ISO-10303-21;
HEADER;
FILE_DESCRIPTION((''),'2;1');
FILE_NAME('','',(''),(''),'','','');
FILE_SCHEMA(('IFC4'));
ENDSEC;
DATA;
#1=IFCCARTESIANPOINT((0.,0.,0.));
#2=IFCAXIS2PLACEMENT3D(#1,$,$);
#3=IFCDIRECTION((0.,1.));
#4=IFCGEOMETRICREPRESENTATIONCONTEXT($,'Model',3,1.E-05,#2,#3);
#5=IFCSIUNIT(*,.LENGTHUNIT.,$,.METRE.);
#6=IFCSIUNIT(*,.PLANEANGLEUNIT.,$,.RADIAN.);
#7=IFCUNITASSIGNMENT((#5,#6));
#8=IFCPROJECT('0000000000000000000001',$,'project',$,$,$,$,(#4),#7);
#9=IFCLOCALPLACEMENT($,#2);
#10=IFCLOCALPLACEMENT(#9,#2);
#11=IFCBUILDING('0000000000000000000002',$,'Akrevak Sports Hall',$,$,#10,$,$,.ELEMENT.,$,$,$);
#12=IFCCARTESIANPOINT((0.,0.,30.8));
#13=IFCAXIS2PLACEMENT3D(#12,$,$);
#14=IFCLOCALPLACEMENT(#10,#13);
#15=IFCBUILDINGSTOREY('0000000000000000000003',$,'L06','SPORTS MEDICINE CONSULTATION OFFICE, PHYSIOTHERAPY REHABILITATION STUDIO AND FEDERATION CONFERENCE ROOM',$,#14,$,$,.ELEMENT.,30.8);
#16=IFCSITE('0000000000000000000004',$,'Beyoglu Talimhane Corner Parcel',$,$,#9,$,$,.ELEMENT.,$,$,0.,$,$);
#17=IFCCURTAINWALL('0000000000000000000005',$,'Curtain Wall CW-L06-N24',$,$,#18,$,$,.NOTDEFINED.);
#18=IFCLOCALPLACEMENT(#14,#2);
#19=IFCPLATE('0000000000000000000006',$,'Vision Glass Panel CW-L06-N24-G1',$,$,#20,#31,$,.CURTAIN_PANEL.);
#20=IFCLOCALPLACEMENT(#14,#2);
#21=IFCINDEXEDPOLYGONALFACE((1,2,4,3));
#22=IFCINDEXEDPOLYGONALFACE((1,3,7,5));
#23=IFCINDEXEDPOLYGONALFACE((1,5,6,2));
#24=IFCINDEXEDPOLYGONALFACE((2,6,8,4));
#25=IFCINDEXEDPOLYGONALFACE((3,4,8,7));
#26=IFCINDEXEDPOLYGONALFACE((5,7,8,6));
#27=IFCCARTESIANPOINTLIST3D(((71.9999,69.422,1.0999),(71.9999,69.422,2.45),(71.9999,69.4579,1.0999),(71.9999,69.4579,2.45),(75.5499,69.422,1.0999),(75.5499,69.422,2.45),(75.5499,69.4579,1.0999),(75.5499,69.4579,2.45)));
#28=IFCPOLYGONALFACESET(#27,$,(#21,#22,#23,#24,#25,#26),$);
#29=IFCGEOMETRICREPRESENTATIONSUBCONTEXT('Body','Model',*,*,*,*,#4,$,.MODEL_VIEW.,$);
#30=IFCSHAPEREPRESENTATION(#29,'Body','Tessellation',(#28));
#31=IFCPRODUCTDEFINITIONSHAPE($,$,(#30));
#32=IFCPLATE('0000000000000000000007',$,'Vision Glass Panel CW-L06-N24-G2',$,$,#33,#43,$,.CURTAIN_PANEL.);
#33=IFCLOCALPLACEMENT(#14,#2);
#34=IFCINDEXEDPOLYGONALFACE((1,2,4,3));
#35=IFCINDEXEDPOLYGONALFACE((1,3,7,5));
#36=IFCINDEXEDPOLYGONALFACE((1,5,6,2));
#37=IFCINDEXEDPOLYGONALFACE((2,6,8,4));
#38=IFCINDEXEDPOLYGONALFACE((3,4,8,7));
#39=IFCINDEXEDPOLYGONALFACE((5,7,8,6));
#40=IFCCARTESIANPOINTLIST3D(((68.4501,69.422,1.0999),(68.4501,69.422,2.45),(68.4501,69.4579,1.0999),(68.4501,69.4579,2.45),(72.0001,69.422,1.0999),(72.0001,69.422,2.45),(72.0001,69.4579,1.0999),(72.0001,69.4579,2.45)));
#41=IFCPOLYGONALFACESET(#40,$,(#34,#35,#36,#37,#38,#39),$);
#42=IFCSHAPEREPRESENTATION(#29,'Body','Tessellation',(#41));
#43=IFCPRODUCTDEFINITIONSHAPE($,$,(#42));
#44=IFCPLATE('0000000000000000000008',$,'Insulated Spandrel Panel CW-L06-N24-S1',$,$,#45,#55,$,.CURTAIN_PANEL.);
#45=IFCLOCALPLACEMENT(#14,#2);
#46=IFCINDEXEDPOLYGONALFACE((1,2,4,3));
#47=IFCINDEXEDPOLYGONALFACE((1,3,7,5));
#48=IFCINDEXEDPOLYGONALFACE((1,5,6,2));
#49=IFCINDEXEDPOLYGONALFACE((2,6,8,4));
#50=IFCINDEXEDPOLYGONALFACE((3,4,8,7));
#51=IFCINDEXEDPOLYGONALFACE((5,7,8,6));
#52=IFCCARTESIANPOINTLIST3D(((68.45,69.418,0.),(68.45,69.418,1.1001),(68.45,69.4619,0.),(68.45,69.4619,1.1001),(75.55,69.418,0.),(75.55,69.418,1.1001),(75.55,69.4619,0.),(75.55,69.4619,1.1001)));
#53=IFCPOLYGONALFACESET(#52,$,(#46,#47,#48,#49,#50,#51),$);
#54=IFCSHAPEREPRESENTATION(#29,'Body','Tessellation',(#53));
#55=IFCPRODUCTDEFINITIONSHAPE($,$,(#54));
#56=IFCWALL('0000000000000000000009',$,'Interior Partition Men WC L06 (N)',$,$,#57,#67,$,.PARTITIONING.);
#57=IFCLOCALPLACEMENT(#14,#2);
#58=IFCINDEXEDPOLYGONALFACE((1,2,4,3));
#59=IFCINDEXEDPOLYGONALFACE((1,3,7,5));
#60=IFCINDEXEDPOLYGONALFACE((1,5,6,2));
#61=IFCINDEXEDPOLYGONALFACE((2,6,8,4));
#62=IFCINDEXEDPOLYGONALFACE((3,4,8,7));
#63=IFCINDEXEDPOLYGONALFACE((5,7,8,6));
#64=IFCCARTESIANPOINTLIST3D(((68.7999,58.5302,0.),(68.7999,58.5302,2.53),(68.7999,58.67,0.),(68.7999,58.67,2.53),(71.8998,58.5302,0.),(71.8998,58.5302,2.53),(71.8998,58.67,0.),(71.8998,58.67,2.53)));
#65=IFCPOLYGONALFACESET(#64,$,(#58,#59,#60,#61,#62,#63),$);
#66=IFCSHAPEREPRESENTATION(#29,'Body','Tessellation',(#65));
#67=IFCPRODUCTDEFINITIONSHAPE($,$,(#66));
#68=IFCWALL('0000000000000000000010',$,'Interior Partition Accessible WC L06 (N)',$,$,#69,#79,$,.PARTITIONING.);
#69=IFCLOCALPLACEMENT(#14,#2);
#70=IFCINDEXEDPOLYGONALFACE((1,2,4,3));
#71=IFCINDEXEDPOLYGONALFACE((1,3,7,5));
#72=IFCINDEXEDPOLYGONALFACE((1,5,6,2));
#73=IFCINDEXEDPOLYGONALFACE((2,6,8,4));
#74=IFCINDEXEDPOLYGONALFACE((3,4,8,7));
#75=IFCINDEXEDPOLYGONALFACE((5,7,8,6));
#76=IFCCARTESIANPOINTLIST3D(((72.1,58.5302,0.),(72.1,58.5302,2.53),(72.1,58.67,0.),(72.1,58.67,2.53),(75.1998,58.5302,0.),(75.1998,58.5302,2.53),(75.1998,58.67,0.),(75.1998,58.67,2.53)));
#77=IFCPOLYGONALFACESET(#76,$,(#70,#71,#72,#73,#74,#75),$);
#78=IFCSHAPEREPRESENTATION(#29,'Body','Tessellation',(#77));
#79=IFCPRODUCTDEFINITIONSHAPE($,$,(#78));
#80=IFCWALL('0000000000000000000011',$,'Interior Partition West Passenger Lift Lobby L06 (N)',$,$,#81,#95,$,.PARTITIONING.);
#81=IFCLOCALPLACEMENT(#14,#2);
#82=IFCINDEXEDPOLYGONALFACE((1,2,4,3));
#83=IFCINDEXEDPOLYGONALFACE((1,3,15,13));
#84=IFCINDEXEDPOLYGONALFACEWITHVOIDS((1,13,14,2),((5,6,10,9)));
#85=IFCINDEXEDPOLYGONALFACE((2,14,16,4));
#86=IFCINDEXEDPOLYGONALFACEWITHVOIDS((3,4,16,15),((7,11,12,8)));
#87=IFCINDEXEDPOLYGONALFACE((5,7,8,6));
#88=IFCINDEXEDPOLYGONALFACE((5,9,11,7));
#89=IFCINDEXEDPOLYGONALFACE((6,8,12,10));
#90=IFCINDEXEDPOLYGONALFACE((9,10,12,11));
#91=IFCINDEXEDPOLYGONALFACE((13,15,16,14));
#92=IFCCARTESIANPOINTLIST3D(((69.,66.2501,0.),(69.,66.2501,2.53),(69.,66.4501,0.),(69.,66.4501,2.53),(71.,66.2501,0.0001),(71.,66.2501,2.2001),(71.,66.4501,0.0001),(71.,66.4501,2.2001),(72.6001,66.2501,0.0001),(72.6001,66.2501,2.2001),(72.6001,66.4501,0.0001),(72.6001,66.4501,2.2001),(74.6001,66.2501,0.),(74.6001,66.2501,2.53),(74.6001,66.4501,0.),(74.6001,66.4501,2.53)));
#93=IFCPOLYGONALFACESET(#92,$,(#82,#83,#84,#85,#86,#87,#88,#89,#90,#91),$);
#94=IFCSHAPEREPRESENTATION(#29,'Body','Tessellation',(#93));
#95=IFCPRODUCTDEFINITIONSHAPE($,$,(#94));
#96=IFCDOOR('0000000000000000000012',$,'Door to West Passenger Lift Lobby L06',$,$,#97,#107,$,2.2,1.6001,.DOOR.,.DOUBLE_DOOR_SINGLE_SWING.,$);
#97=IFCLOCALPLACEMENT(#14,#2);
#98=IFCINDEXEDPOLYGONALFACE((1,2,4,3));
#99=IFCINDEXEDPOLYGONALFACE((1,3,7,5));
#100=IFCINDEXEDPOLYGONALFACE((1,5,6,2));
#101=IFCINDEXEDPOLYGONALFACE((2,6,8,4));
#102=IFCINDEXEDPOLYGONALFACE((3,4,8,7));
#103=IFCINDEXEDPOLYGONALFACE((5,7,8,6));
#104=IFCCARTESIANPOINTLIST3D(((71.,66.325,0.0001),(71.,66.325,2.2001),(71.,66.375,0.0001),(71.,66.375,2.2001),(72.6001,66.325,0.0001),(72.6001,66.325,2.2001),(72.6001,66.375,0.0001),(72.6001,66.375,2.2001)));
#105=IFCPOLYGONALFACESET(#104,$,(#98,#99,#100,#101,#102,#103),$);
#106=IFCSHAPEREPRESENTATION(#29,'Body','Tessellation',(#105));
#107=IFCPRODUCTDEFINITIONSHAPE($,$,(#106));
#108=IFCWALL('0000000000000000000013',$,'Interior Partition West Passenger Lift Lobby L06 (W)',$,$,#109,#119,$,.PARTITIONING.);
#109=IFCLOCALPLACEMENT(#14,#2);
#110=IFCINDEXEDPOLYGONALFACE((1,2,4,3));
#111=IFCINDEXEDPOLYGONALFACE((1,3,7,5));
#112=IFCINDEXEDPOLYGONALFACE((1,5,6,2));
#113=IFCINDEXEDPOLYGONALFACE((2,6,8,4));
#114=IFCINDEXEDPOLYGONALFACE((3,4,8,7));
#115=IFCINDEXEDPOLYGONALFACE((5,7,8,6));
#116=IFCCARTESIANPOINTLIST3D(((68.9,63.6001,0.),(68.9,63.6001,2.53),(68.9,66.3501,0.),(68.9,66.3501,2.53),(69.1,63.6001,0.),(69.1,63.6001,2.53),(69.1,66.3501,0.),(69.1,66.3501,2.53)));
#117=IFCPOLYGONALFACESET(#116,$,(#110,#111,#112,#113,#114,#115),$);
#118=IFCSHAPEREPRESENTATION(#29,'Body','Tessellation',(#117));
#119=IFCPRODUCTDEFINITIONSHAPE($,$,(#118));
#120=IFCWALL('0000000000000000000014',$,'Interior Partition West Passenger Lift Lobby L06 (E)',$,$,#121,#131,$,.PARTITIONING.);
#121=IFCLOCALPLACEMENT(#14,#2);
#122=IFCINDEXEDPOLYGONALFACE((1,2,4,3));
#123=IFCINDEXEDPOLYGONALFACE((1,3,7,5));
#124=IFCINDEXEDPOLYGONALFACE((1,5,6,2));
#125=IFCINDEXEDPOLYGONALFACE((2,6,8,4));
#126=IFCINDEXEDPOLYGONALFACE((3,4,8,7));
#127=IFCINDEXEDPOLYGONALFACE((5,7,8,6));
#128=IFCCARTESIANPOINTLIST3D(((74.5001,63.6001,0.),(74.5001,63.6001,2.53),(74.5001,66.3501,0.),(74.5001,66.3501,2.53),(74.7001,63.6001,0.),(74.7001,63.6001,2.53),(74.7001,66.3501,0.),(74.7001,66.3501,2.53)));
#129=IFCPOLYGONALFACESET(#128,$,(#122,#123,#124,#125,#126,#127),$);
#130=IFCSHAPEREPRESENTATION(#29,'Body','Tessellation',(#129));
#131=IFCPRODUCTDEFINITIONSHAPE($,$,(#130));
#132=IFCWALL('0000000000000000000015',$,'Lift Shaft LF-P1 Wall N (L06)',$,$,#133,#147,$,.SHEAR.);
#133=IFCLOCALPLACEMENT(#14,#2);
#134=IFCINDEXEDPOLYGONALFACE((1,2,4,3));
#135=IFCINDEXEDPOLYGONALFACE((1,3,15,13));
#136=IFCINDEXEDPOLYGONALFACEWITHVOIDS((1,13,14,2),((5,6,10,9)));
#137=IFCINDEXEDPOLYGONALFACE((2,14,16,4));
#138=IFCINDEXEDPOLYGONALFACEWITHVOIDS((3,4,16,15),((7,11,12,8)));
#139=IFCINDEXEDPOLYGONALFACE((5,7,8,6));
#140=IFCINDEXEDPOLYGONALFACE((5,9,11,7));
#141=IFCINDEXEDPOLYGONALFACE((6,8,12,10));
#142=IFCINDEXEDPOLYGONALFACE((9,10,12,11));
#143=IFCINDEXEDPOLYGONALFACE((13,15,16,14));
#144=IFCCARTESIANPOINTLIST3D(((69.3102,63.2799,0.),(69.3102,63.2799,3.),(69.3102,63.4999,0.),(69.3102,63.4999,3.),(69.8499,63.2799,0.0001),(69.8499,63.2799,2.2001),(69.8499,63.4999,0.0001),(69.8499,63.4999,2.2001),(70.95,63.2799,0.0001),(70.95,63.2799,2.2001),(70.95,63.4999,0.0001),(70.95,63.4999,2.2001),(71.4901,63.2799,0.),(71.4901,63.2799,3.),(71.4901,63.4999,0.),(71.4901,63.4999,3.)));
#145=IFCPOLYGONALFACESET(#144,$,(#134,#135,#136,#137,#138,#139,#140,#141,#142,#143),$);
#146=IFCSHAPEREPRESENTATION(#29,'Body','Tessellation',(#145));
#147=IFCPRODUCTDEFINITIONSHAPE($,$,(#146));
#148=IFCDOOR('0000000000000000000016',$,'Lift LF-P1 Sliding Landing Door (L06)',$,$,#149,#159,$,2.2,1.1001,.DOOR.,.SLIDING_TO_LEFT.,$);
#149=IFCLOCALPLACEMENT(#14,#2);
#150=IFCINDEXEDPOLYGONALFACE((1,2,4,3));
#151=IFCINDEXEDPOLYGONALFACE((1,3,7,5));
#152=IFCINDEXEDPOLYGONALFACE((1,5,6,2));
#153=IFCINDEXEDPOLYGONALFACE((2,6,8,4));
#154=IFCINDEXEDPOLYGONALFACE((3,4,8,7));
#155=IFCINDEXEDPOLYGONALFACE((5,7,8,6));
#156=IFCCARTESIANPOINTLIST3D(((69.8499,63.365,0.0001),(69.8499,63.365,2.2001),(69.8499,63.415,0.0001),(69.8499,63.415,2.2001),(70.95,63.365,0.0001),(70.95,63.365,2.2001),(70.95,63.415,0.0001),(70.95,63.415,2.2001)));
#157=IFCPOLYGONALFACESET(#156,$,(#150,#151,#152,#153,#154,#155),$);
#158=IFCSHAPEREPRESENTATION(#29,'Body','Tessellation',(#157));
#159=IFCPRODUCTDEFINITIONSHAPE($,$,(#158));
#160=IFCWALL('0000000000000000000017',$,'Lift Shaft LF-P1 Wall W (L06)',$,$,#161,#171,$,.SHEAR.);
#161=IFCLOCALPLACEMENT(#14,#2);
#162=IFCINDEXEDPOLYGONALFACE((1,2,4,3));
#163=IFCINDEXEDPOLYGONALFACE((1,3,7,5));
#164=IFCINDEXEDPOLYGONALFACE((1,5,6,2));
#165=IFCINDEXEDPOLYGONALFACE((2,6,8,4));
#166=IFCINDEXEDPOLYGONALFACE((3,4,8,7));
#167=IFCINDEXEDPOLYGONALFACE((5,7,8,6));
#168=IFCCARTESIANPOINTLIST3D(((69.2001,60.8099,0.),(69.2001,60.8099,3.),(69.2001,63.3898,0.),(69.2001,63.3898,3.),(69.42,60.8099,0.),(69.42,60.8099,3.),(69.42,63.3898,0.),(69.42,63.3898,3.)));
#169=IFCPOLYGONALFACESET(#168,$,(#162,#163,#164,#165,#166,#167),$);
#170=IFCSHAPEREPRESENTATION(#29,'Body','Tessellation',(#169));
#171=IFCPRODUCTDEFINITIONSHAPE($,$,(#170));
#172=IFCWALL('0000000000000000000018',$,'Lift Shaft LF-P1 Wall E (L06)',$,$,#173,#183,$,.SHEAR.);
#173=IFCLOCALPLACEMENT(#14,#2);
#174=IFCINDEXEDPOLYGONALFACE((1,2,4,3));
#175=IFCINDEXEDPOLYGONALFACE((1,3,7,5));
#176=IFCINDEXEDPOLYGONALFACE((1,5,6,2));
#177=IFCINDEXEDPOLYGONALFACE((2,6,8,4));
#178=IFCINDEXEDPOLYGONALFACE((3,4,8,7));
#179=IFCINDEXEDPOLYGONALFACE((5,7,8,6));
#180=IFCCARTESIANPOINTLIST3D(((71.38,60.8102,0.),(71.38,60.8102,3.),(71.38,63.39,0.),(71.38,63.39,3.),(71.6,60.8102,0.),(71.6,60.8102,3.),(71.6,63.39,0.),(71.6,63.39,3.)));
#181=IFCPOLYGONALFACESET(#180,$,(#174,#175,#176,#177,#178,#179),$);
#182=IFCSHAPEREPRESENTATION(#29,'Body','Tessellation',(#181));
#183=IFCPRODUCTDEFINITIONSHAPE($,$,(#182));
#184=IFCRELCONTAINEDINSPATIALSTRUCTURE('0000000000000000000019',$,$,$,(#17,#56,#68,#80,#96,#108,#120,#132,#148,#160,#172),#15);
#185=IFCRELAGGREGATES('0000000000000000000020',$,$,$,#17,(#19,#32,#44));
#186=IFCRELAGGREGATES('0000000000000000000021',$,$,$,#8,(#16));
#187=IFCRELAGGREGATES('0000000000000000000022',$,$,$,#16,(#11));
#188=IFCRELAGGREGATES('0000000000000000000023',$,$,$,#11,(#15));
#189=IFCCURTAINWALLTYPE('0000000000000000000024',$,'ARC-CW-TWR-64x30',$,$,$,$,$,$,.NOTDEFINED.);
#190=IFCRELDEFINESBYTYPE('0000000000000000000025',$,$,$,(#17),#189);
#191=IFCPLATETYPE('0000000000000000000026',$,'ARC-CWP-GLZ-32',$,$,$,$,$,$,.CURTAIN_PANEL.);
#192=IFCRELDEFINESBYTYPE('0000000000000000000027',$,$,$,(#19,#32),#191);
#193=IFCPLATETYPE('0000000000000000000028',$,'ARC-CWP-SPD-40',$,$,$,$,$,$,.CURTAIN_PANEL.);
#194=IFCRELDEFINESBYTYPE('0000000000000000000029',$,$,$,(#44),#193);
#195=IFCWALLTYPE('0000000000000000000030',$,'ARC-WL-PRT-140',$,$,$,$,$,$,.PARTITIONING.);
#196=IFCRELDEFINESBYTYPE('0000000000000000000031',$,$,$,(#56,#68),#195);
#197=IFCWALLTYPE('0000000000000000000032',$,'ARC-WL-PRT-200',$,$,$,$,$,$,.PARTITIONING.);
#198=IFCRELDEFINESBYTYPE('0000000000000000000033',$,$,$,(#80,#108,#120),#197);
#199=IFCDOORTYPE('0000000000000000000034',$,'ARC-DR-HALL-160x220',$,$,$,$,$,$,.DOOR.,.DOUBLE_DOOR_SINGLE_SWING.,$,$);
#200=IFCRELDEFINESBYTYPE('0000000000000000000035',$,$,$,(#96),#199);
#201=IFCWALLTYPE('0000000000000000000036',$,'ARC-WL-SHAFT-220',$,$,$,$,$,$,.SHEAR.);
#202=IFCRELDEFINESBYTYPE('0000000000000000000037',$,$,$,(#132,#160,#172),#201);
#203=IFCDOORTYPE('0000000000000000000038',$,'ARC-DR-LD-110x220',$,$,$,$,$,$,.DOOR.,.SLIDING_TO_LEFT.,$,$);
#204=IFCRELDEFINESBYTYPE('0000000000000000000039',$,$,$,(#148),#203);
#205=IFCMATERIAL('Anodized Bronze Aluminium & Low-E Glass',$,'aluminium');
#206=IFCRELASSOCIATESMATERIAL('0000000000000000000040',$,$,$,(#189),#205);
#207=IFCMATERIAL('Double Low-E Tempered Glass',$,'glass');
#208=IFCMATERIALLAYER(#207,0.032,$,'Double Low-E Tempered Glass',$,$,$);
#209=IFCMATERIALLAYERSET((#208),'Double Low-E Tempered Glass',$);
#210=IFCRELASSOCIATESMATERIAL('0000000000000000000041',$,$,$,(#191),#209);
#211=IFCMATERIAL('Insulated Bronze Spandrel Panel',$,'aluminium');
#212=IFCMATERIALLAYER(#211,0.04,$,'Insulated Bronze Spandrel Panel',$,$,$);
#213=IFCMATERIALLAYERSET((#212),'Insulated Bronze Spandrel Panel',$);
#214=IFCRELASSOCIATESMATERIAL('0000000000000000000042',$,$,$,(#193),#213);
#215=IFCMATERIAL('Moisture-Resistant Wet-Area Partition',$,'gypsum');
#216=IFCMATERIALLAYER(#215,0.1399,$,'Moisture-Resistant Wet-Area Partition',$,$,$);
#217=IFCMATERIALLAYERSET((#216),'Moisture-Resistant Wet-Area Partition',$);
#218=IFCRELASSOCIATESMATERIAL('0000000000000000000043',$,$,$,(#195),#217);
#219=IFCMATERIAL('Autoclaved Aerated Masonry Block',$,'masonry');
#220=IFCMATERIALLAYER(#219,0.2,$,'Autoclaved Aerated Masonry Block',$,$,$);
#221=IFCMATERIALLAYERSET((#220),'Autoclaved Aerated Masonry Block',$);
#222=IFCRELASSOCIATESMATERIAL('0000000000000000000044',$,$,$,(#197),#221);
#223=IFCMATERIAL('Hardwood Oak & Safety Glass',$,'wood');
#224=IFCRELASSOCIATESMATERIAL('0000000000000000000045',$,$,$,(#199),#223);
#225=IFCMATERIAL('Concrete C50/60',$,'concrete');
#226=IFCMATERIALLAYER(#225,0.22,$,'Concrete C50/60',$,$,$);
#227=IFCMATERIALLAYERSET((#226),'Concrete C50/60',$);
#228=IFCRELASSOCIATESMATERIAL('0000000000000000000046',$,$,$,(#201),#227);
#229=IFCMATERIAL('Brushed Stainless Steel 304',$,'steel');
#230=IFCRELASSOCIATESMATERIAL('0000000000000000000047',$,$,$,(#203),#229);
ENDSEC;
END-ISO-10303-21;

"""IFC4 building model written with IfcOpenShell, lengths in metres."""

from ifc_helpers import new_model, si_unit, direction, frame, frame_2d, origin, origin_2d, place, context, subcontext, project, spatial, rectangle, extrude, material, layer, layer_set, type_object, element, fill, aggregate, save


model = new_model("IFC4")

# Units and contexts
model_context = context("Model", 3, precision=1e-05, world=origin(), true_north=direction((0.0, 1.0)))
body_context = subcontext(model_context, "Body", "Model", "MODEL_VIEW")
ifc_project = project(units=[si_unit("LENGTHUNIT", "METRE"), si_unit("PLANEANGLEUNIT", "RADIAN")], contexts=[model_context])

# Site, building, storey
site_placement = place(None, origin())
site = spatial("IfcSite", under=ifc_project, at=site_placement, Name="Beyoglu Talimhane Corner Parcel", CompositionType="ELEMENT", RefElevation=0.0)
building_placement = place(site_placement, origin())
building = spatial("IfcBuilding", under=site, at=building_placement, Name="Akrevak Sports Hall", CompositionType="ELEMENT")
storey_placement = place(building_placement, frame((0.0, 0.0, 30.8)))
storey = spatial("IfcBuildingStorey", under=building, at=storey_placement, Name="L06", Description="SPORTS MEDICINE CONSULTATION OFFICE, PHYSIOTHERAPY REHABILITATION STUDIO AND FEDERATION CONFERENCE ROOM", CompositionType="ELEMENT", Elevation=30.8)

# Shared definitions
ifc_material_1 = material(Name="Anodized Bronze Aluminium & Low-E Glass", Category="aluminium")
curtain_wall_type = type_object("IfcCurtainWallType", Name="ARC-CW-TWR-64x30", PredefinedType="NOTDEFINED", material=ifc_material_1)

# Curtain wall
curtain_wall_1_placement = place(storey_placement, origin())
curtain_wall_1 = element("IfcCurtainWall", 1, at=curtain_wall_1_placement, inside=storey, type_object=curtain_wall_type, Name="Curtain Wall CW-L06-N24", PredefinedType="NOTDEFINED")

# Plates
ifc_material_2 = material(Name="Double Low-E Tempered Glass", Category="glass")
ifc_layer_1 = layer(ifc_material_2, 0.032, Name="Double Low-E Tempered Glass")
ifc_layer_set_1 = layer_set([ifc_layer_1], Name="Double Low-E Tempered Glass")
plate_type_1 = type_object("IfcPlateType", Name="ARC-CWP-GLZ-32", PredefinedType="CURTAIN_PANEL", material=ifc_layer_set_1)
plate_1_placement = place(storey_placement, frame((73.7749, 69.4399, 1.0999), z_axis=(0.0, 0.0, 1.0), x_axis=(-1.0, 0.0, 0.0)))
plate_1 = element("IfcPlate", 2, at=plate_1_placement, type_object=plate_type_1, Name="Vision Glass Panel CW-L06-N24-G1", PredefinedType="CURTAIN_PANEL", context=body_context, shape_type="SweptSolid", body=[
    extrude(rectangle(XDim=3.55, YDim=0.0359, at=origin_2d()), origin(), (0.0, 0.0, 1.0), 1.3501),
])
plate_2_placement = place(storey_placement, frame((70.2251, 69.4399, 1.0999), z_axis=(0.0, 0.0, 1.0), x_axis=(-1.0, 0.0, 0.0)))
plate_2 = element("IfcPlate", 3, at=plate_2_placement, type_object=plate_type_1, Name="Vision Glass Panel CW-L06-N24-G2", PredefinedType="CURTAIN_PANEL", context=body_context, shape_type="SweptSolid", body=[
    extrude(rectangle(XDim=3.55, YDim=0.0359, at=origin_2d()), origin(), (0.0, 0.0, 1.0), 1.3501),
])
ifc_material_3 = material(Name="Insulated Bronze Spandrel Panel", Category="aluminium")
ifc_layer_2 = layer(ifc_material_3, 0.04, Name="Insulated Bronze Spandrel Panel")
ifc_layer_set_2 = layer_set([ifc_layer_2], Name="Insulated Bronze Spandrel Panel")
plate_type_2 = type_object("IfcPlateType", Name="ARC-CWP-SPD-40", PredefinedType="CURTAIN_PANEL", material=ifc_layer_set_2)
plate_3_placement = place(storey_placement, frame((72.0, 69.4399, 0.0), z_axis=(0.0, 0.0, 1.0), x_axis=(-1.0, 0.0, 0.0)))
plate_3 = element("IfcPlate", 4, at=plate_3_placement, type_object=plate_type_2, Name="Insulated Spandrel Panel CW-L06-N24-S1", PredefinedType="CURTAIN_PANEL", context=body_context, shape_type="SweptSolid", body=[
    extrude(rectangle(XDim=7.1001, YDim=0.0439, at=origin_2d()), origin(), (0.0, 0.0, 1.0), 1.1001),
])
aggregate(curtain_wall_1, [plate_1, plate_2, plate_3])

# Walls
ifc_material_4 = material(Name="Moisture-Resistant Wet-Area Partition", Category="gypsum")
ifc_layer_3 = layer(ifc_material_4, 0.1399, Name="Moisture-Resistant Wet-Area Partition")
ifc_layer_set_3 = layer_set([ifc_layer_3], Name="Moisture-Resistant Wet-Area Partition")
wall_type_1 = type_object("IfcWallType", Name="ARC-WL-PRT-140", PredefinedType="PARTITIONING", material=ifc_layer_set_3)
for number, where, z_axis, x_axis, name in (
    (5, (68.8, 58.6001, 0.0), (0.0, 0.0, 1.0), (1.0, 0.0, 0.0), "Interior Partition Men WC L06 (N)"),
    (6, (72.1001, 58.6001, 0.0), (0.0, 0.0, 1.0), (1.0, 0.0, 0.0), "Interior Partition Accessible WC L06 (N)"),
):
    element("IfcWall", number, at=place(storey_placement, frame(where, z_axis=z_axis, x_axis=x_axis)), inside=storey, type_object=wall_type_1, Name=name, PredefinedType="PARTITIONING", context=body_context, shape_type="SweptSolid", body=[
        extrude(rectangle(XDim=3.0999, YDim=0.1399, at=frame_2d((1.5498, 0.0))), origin(), (0.0, 0.0, 1.0), 2.53),
    ])

# Wall, opening, door
ifc_material_5 = material(Name="Autoclaved Aerated Masonry Block", Category="masonry")
ifc_layer_4 = layer(ifc_material_5, 0.2, Name="Autoclaved Aerated Masonry Block")
ifc_layer_set_4 = layer_set([ifc_layer_4], Name="Autoclaved Aerated Masonry Block")
wall_type_2 = type_object("IfcWallType", Name="ARC-WL-PRT-200", PredefinedType="PARTITIONING", material=ifc_layer_set_4)
wall_1_placement = place(storey_placement, frame((69.0, 66.3501, 0.0), z_axis=(0.0, 0.0, 1.0), x_axis=(1.0, 0.0, 0.0)))
wall_1 = element("IfcWall", 7, at=wall_1_placement, inside=storey, type_object=wall_type_2, Name="Interior Partition West Passenger Lift Lobby L06 (N)", PredefinedType="PARTITIONING", context=body_context, shape_type="SweptSolid", body=[
    extrude(rectangle(XDim=5.6001, YDim=0.2, at=frame_2d((2.8, 0.0))), origin(), (0.0, 0.0, 1.0), 2.53),
])
opening_1_placement = place(wall_1_placement, frame((2.0, 0.0, 0.0)))
opening_1 = element("IfcOpeningElement", 8, at=opening_1_placement, cuts=wall_1, PredefinedType="OPENING", context=body_context, shape_type="SweptSolid", body=[
    extrude(rectangle(XDim=1.6001, YDim=2.2, at=frame_2d((0.8, 1.1001))), frame((0.0, 0.1118, 0.0), z_axis=(0.0, -1.0, 0.0), x_axis=(1.0, 0.0, 0.0)), (0.0, 0.0, 1.0), 0.2239),
])
ifc_material_6 = material(Name="Hardwood Oak & Safety Glass", Category="wood")
door_type_1 = type_object("IfcDoorType", Name="ARC-DR-HALL-160x220", OperationType="DOUBLE_DOOR_SINGLE_SWING", PredefinedType="DOOR", material=ifc_material_6)
door_1_placement = place(opening_1_placement, origin())
door_1 = element("IfcDoor", 9, at=door_1_placement, inside=storey, type_object=door_type_1, Name="Door to West Passenger Lift Lobby L06", OperationType="DOUBLE_DOOR_SINGLE_SWING", OverallHeight=2.2, OverallWidth=1.6001, PredefinedType="DOOR", context=body_context, shape_type="SweptSolid", body=[
    extrude(rectangle(XDim=1.6001, YDim=2.2, at=frame_2d((0.8, 1.1001))), frame((0.0, 0.0249, 0.0), z_axis=(0.0, -1.0, 0.0), x_axis=(1.0, 0.0, 0.0)), (0.0, 0.0, 1.0), 0.05),
])
fill(opening_1, door_1)

# Walls
for number, where, z_axis, x_axis, name in (
    (10, (69.0, 63.6001, 0.0), (0.0, 0.0, 1.0), (0.0, 1.0, 0.0), "Interior Partition West Passenger Lift Lobby L06 (W)"),
    (11, (74.6001, 63.6001, 0.0), (0.0, 0.0, 1.0), (0.0, 1.0, 0.0), "Interior Partition West Passenger Lift Lobby L06 (E)"),
):
    element("IfcWall", number, at=place(storey_placement, frame(where, z_axis=z_axis, x_axis=x_axis)), inside=storey, type_object=wall_type_2, Name=name, PredefinedType="PARTITIONING", context=body_context, shape_type="SweptSolid", body=[
        extrude(rectangle(XDim=2.75, YDim=0.2, at=frame_2d((1.375, 0.0))), origin(), (0.0, 0.0, 1.0), 2.53),
    ])
ifc_material_7 = material(Name="Concrete C50/60", Category="concrete")
ifc_layer_5 = layer(ifc_material_7, 0.22, Name="Concrete C50/60")
ifc_layer_set_5 = layer_set([ifc_layer_5], Name="Concrete C50/60")
wall_type_3 = type_object("IfcWallType", Name="ARC-WL-SHAFT-220", PredefinedType="SHEAR", material=ifc_layer_set_5)

# Wall, opening, door
wall_2_placement = place(storey_placement, frame((71.49, 63.3899, 0.0), z_axis=(0.0, 0.0, 1.0), x_axis=(-1.0, 0.0, 0.0)))
wall_2 = element("IfcWall", 12, at=wall_2_placement, inside=storey, type_object=wall_type_3, Name="Lift Shaft LF-P1 Wall N (L06)", PredefinedType="SHEAR", context=body_context, shape_type="SweptSolid", body=[
    extrude(rectangle(XDim=2.1799, YDim=0.22, at=frame_2d((1.0898, 0.0))), origin(), (0.0, 0.0, 1.0), 3.0),
])
opening_2_placement = place(wall_2_placement, frame((0.54, 0.0, 0.0)))
opening_2 = element("IfcOpeningElement", 13, at=opening_2_placement, cuts=wall_2, PredefinedType="OPENING", context=body_context, shape_type="SweptSolid", body=[
    extrude(rectangle(XDim=1.1001, YDim=2.2, at=frame_2d((0.55, 1.1001))), frame((0.0, 0.1221, 0.0), z_axis=(0.0, -1.0, 0.0), x_axis=(1.0, 0.0, 0.0)), (0.0, 0.0, 1.0), 0.2439),
])
ifc_material_8 = material(Name="Brushed Stainless Steel 304", Category="steel")
door_type_2 = type_object("IfcDoorType", Name="ARC-DR-LD-110x220", OperationType="SLIDING_TO_LEFT", PredefinedType="DOOR", material=ifc_material_8)
door_2_placement = place(opening_2_placement, origin())
door_2 = element("IfcDoor", 14, at=door_2_placement, inside=storey, type_object=door_type_2, Name="Lift LF-P1 Sliding Landing Door (L06)", OperationType="SLIDING_TO_LEFT", OverallHeight=2.2, OverallWidth=1.1001, PredefinedType="DOOR", context=body_context, shape_type="SweptSolid", body=[
    extrude(rectangle(XDim=1.1001, YDim=2.2, at=frame_2d((0.55, 1.1001))), frame((0.0, 0.0249, 0.0), z_axis=(0.0, -1.0, 0.0), x_axis=(1.0, 0.0, 0.0)), (0.0, 0.0, 1.0), 0.05),
])
fill(opening_2, door_2)

# Walls
for number, where, z_axis, x_axis, name in (
    (15, (69.3101, 63.3899, 0.0), (0.0, 0.0, 1.0), (0.0, -1.0, 0.0), "Lift Shaft LF-P1 Wall W (L06)"),
    (16, (71.49, 60.8101, 0.0), (0.0, 0.0, 1.0), (0.0, 1.0, 0.0), "Lift Shaft LF-P1 Wall E (L06)"),
):
    element("IfcWall", number, at=place(storey_placement, frame(where, z_axis=z_axis, x_axis=x_axis)), inside=storey, type_object=wall_type_3, Name=name, PredefinedType="SHEAR", context=body_context, shape_type="SweptSolid", body=[
        extrude(rectangle(XDim=2.5798, YDim=0.22, at=frame_2d((1.29, 0.0))), origin(), (0.0, 0.0, 1.0), 3.0),
    ])

save(model, "model.ifc")
